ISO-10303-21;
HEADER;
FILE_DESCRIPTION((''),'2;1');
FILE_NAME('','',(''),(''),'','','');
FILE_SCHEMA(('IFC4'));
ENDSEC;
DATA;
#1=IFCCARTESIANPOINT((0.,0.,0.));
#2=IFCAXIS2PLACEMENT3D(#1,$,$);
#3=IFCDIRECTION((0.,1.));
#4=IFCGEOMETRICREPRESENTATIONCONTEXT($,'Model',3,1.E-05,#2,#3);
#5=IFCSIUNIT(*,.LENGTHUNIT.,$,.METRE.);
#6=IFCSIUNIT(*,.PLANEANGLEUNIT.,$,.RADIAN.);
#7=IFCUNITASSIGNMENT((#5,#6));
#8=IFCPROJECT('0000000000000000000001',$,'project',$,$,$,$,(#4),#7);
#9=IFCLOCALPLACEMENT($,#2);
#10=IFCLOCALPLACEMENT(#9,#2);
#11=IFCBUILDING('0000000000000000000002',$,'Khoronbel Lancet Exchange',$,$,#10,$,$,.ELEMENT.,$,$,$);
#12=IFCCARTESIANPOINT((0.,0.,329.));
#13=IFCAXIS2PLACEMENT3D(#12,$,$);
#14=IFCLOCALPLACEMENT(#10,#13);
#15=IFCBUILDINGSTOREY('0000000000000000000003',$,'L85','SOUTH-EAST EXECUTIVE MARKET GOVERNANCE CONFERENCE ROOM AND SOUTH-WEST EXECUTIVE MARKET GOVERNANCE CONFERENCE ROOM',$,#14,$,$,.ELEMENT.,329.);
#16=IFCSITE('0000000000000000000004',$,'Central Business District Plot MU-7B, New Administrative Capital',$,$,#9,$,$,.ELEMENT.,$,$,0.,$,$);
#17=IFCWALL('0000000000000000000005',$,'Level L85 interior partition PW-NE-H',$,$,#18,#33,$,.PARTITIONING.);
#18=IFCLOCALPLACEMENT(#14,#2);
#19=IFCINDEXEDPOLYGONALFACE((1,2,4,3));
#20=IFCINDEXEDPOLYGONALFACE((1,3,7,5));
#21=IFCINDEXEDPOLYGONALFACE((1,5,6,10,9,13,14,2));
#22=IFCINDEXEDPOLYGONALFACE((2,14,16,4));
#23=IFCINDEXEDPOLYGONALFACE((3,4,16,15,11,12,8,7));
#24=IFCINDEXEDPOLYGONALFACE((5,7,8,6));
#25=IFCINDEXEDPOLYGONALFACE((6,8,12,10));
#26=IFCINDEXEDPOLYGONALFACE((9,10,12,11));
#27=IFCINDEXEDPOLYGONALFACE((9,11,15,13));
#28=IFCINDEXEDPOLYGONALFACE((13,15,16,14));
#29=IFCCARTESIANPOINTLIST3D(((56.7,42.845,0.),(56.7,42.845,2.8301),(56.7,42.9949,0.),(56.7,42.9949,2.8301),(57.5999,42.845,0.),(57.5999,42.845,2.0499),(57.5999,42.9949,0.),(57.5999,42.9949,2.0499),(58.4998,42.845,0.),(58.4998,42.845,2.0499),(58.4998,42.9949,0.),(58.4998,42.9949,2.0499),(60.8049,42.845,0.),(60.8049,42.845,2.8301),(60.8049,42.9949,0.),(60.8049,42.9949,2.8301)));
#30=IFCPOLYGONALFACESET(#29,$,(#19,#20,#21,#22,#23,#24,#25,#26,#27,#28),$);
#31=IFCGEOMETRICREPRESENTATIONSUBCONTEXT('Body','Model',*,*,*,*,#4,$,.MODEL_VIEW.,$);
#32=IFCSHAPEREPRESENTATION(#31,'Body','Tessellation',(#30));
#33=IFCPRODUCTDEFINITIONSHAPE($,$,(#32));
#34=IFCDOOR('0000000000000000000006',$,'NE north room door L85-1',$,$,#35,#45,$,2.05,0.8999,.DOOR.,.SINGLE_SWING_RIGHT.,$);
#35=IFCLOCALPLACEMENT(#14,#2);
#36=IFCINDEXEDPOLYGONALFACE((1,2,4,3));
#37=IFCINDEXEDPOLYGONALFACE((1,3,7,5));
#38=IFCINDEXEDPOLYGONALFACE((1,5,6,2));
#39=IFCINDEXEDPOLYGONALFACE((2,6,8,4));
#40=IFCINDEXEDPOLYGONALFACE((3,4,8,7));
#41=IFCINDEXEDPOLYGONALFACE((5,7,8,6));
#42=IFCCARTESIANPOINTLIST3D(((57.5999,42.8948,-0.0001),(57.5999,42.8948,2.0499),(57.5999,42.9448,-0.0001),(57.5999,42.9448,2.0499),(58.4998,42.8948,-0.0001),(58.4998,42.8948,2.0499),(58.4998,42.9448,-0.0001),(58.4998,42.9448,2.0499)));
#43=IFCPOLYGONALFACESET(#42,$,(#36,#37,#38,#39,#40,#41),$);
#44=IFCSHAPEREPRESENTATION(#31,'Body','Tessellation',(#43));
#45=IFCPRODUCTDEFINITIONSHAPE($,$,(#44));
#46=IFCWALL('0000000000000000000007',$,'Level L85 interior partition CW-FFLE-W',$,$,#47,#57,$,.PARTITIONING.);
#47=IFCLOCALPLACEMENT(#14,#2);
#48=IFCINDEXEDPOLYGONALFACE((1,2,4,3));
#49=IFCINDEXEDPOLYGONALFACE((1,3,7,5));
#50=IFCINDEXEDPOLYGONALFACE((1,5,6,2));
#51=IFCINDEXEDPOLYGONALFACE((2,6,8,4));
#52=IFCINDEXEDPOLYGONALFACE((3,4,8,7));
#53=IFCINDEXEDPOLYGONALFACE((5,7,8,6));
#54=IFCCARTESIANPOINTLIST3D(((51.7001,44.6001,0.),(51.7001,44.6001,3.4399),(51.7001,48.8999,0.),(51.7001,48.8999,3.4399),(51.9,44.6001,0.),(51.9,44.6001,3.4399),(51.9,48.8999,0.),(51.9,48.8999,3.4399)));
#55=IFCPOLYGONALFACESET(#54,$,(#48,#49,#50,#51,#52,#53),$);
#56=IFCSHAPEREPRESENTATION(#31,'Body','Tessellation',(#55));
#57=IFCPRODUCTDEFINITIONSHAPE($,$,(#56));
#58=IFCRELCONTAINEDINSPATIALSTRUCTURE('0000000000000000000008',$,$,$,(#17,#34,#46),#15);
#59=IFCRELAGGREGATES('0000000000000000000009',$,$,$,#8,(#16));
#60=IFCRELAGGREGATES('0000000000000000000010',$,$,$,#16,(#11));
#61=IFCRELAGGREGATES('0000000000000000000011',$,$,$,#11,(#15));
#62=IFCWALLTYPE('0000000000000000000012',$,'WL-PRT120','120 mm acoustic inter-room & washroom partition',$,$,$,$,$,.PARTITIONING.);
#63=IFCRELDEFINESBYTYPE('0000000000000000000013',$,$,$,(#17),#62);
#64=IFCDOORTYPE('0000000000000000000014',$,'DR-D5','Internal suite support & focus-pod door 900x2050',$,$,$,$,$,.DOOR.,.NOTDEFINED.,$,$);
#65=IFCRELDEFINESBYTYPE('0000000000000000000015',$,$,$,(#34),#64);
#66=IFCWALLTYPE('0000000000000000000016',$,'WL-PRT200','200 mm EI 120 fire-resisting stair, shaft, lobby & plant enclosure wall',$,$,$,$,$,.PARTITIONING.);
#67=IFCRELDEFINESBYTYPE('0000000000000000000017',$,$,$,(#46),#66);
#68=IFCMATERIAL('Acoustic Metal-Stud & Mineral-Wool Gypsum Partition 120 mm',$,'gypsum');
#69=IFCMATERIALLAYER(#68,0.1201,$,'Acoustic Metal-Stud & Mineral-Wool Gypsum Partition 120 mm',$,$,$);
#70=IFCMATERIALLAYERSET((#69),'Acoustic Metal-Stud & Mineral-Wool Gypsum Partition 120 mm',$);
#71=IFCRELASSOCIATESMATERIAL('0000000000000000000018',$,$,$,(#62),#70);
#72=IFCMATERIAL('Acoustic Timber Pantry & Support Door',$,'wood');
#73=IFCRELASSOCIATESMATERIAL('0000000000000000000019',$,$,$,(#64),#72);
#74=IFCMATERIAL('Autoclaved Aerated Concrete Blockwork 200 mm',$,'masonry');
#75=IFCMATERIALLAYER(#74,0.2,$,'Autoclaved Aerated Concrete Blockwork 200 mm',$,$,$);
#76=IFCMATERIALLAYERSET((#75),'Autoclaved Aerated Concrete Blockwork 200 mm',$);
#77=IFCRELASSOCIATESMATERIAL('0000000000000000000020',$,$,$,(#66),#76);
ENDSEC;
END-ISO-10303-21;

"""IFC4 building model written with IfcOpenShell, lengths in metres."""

from ifc_helpers import new_model, si_unit, direction, frame, frame_2d, origin, place, context, subcontext, project, spatial, rectangle, extrude, material, layer, layer_set, type_object, element, fill, save


model = new_model("IFC4")

# Units and contexts
model_context = context("Model", 3, precision=1e-05, world=origin(), true_north=direction((0.0, 1.0)))
body_context = subcontext(model_context, "Body", "Model", "MODEL_VIEW")
ifc_project = project(units=[si_unit("LENGTHUNIT", "METRE"), si_unit("PLANEANGLEUNIT", "RADIAN")], contexts=[model_context])

# Site, building, storey
site_placement = place(None, origin())
site = spatial("IfcSite", under=ifc_project, at=site_placement, Name="Central Business District Plot MU-7B, New Administrative Capital", CompositionType="ELEMENT", RefElevation=0.0)
building_placement = place(site_placement, origin())
building = spatial("IfcBuilding", under=site, at=building_placement, Name="Khoronbel Lancet Exchange", CompositionType="ELEMENT")
storey_placement = place(building_placement, frame((0.0, 0.0, 329.0)))
storey = spatial("IfcBuildingStorey", under=building, at=storey_placement, Name="L85", Description="SOUTH-EAST EXECUTIVE MARKET GOVERNANCE CONFERENCE ROOM AND SOUTH-WEST EXECUTIVE MARKET GOVERNANCE CONFERENCE ROOM", CompositionType="ELEMENT", Elevation=329.0)

# Shared definitions
ifc_material_1 = material(Name="Acoustic Metal-Stud & Mineral-Wool Gypsum Partition 120 mm", Category="gypsum")
ifc_layer_1 = layer(ifc_material_1, 0.1201, Name="Acoustic Metal-Stud & Mineral-Wool Gypsum Partition 120 mm")
ifc_layer_set_1 = layer_set([ifc_layer_1], Name="Acoustic Metal-Stud & Mineral-Wool Gypsum Partition 120 mm")
wall_type_1 = type_object("IfcWallType", Name="WL-PRT120", Description="120 mm acoustic inter-room & washroom partition", PredefinedType="PARTITIONING", material=ifc_layer_set_1)

# Wall, opening, door
wall_1_placement = place(storey_placement, frame((56.7, 42.9199, 0.0), z_axis=(0.0, 0.0, 1.0), x_axis=(1.0, 0.0, 0.0)))
wall_1 = element("IfcWall", 1, at=wall_1_placement, inside=storey, type_object=wall_type_1, Name="Level L85 interior partition PW-NE-H", PredefinedType="PARTITIONING", context=body_context, shape_type="SweptSolid", body=[
    extrude(rectangle(XDim=4.105, YDim=0.1499, at=frame_2d((2.0525, 0.0))), origin(), (0.0, 0.0, 1.0), 2.8301),
])
opening_1_placement = place(wall_1_placement, frame((0.8999, 0.0, 0.0)))
opening_1 = element("IfcOpeningElement", 2, at=opening_1_placement, cuts=wall_1, PredefinedType="OPENING", context=body_context, shape_type="SweptSolid", body=[
    extrude(rectangle(XDim=0.8999, YDim=2.05, at=frame_2d((0.45, 1.0249))), frame((0.0, 0.085, 0.0), z_axis=(0.0, -1.0, 0.0), x_axis=(1.0, 0.0, 0.0)), (0.0, 0.0, 1.0), 0.1699),
])
ifc_material_2 = material(Name="Acoustic Timber Pantry & Support Door", Category="wood")
door_type_1 = type_object("IfcDoorType", Name="DR-D5", Description="Internal suite support & focus-pod door 900x2050", OperationType="NOTDEFINED", PredefinedType="DOOR", material=ifc_material_2)
door_1_placement = place(opening_1_placement, origin())
door_1 = element("IfcDoor", 3, at=door_1_placement, inside=storey, type_object=door_type_1, Name="NE north room door L85-1", OperationType="SINGLE_SWING_RIGHT", OverallHeight=2.05, OverallWidth=0.8999, PredefinedType="DOOR", context=body_context, shape_type="SweptSolid", body=[
    extrude(rectangle(XDim=0.8999, YDim=2.05, at=frame_2d((0.45, 1.0249))), frame((0.0, 0.0249, 0.0), z_axis=(0.0, -1.0, 0.0), x_axis=(1.0, 0.0, 0.0)), (0.0, 0.0, 1.0), 0.05),
])
fill(opening_1, door_1)

# Wall
ifc_material_3 = material(Name="Autoclaved Aerated Concrete Blockwork 200 mm", Category="masonry")
ifc_layer_2 = layer(ifc_material_3, 0.2, Name="Autoclaved Aerated Concrete Blockwork 200 mm")
ifc_layer_set_2 = layer_set([ifc_layer_2], Name="Autoclaved Aerated Concrete Blockwork 200 mm")
wall_type_2 = type_object("IfcWallType", Name="WL-PRT200", Description="200 mm EI 120 fire-resisting stair, shaft, lobby & plant enclosure wall", PredefinedType="PARTITIONING", material=ifc_layer_set_2)
wall_2_placement = place(storey_placement, frame((51.8, 44.6001, 0.0), z_axis=(0.0, 0.0, 1.0), x_axis=(0.0, 1.0, 0.0)))
element("IfcWall", 4, at=wall_2_placement, inside=storey, type_object=wall_type_2, Name="Level L85 interior partition CW-FFLE-W", PredefinedType="PARTITIONING", context=body_context, shape_type="SweptSolid", body=[
    extrude(rectangle(XDim=4.2998, YDim=0.2, at=frame_2d((2.1499, 0.0))), origin(), (0.0, 0.0, 1.0), 3.4399),
])

save(model, "model.ifc")
